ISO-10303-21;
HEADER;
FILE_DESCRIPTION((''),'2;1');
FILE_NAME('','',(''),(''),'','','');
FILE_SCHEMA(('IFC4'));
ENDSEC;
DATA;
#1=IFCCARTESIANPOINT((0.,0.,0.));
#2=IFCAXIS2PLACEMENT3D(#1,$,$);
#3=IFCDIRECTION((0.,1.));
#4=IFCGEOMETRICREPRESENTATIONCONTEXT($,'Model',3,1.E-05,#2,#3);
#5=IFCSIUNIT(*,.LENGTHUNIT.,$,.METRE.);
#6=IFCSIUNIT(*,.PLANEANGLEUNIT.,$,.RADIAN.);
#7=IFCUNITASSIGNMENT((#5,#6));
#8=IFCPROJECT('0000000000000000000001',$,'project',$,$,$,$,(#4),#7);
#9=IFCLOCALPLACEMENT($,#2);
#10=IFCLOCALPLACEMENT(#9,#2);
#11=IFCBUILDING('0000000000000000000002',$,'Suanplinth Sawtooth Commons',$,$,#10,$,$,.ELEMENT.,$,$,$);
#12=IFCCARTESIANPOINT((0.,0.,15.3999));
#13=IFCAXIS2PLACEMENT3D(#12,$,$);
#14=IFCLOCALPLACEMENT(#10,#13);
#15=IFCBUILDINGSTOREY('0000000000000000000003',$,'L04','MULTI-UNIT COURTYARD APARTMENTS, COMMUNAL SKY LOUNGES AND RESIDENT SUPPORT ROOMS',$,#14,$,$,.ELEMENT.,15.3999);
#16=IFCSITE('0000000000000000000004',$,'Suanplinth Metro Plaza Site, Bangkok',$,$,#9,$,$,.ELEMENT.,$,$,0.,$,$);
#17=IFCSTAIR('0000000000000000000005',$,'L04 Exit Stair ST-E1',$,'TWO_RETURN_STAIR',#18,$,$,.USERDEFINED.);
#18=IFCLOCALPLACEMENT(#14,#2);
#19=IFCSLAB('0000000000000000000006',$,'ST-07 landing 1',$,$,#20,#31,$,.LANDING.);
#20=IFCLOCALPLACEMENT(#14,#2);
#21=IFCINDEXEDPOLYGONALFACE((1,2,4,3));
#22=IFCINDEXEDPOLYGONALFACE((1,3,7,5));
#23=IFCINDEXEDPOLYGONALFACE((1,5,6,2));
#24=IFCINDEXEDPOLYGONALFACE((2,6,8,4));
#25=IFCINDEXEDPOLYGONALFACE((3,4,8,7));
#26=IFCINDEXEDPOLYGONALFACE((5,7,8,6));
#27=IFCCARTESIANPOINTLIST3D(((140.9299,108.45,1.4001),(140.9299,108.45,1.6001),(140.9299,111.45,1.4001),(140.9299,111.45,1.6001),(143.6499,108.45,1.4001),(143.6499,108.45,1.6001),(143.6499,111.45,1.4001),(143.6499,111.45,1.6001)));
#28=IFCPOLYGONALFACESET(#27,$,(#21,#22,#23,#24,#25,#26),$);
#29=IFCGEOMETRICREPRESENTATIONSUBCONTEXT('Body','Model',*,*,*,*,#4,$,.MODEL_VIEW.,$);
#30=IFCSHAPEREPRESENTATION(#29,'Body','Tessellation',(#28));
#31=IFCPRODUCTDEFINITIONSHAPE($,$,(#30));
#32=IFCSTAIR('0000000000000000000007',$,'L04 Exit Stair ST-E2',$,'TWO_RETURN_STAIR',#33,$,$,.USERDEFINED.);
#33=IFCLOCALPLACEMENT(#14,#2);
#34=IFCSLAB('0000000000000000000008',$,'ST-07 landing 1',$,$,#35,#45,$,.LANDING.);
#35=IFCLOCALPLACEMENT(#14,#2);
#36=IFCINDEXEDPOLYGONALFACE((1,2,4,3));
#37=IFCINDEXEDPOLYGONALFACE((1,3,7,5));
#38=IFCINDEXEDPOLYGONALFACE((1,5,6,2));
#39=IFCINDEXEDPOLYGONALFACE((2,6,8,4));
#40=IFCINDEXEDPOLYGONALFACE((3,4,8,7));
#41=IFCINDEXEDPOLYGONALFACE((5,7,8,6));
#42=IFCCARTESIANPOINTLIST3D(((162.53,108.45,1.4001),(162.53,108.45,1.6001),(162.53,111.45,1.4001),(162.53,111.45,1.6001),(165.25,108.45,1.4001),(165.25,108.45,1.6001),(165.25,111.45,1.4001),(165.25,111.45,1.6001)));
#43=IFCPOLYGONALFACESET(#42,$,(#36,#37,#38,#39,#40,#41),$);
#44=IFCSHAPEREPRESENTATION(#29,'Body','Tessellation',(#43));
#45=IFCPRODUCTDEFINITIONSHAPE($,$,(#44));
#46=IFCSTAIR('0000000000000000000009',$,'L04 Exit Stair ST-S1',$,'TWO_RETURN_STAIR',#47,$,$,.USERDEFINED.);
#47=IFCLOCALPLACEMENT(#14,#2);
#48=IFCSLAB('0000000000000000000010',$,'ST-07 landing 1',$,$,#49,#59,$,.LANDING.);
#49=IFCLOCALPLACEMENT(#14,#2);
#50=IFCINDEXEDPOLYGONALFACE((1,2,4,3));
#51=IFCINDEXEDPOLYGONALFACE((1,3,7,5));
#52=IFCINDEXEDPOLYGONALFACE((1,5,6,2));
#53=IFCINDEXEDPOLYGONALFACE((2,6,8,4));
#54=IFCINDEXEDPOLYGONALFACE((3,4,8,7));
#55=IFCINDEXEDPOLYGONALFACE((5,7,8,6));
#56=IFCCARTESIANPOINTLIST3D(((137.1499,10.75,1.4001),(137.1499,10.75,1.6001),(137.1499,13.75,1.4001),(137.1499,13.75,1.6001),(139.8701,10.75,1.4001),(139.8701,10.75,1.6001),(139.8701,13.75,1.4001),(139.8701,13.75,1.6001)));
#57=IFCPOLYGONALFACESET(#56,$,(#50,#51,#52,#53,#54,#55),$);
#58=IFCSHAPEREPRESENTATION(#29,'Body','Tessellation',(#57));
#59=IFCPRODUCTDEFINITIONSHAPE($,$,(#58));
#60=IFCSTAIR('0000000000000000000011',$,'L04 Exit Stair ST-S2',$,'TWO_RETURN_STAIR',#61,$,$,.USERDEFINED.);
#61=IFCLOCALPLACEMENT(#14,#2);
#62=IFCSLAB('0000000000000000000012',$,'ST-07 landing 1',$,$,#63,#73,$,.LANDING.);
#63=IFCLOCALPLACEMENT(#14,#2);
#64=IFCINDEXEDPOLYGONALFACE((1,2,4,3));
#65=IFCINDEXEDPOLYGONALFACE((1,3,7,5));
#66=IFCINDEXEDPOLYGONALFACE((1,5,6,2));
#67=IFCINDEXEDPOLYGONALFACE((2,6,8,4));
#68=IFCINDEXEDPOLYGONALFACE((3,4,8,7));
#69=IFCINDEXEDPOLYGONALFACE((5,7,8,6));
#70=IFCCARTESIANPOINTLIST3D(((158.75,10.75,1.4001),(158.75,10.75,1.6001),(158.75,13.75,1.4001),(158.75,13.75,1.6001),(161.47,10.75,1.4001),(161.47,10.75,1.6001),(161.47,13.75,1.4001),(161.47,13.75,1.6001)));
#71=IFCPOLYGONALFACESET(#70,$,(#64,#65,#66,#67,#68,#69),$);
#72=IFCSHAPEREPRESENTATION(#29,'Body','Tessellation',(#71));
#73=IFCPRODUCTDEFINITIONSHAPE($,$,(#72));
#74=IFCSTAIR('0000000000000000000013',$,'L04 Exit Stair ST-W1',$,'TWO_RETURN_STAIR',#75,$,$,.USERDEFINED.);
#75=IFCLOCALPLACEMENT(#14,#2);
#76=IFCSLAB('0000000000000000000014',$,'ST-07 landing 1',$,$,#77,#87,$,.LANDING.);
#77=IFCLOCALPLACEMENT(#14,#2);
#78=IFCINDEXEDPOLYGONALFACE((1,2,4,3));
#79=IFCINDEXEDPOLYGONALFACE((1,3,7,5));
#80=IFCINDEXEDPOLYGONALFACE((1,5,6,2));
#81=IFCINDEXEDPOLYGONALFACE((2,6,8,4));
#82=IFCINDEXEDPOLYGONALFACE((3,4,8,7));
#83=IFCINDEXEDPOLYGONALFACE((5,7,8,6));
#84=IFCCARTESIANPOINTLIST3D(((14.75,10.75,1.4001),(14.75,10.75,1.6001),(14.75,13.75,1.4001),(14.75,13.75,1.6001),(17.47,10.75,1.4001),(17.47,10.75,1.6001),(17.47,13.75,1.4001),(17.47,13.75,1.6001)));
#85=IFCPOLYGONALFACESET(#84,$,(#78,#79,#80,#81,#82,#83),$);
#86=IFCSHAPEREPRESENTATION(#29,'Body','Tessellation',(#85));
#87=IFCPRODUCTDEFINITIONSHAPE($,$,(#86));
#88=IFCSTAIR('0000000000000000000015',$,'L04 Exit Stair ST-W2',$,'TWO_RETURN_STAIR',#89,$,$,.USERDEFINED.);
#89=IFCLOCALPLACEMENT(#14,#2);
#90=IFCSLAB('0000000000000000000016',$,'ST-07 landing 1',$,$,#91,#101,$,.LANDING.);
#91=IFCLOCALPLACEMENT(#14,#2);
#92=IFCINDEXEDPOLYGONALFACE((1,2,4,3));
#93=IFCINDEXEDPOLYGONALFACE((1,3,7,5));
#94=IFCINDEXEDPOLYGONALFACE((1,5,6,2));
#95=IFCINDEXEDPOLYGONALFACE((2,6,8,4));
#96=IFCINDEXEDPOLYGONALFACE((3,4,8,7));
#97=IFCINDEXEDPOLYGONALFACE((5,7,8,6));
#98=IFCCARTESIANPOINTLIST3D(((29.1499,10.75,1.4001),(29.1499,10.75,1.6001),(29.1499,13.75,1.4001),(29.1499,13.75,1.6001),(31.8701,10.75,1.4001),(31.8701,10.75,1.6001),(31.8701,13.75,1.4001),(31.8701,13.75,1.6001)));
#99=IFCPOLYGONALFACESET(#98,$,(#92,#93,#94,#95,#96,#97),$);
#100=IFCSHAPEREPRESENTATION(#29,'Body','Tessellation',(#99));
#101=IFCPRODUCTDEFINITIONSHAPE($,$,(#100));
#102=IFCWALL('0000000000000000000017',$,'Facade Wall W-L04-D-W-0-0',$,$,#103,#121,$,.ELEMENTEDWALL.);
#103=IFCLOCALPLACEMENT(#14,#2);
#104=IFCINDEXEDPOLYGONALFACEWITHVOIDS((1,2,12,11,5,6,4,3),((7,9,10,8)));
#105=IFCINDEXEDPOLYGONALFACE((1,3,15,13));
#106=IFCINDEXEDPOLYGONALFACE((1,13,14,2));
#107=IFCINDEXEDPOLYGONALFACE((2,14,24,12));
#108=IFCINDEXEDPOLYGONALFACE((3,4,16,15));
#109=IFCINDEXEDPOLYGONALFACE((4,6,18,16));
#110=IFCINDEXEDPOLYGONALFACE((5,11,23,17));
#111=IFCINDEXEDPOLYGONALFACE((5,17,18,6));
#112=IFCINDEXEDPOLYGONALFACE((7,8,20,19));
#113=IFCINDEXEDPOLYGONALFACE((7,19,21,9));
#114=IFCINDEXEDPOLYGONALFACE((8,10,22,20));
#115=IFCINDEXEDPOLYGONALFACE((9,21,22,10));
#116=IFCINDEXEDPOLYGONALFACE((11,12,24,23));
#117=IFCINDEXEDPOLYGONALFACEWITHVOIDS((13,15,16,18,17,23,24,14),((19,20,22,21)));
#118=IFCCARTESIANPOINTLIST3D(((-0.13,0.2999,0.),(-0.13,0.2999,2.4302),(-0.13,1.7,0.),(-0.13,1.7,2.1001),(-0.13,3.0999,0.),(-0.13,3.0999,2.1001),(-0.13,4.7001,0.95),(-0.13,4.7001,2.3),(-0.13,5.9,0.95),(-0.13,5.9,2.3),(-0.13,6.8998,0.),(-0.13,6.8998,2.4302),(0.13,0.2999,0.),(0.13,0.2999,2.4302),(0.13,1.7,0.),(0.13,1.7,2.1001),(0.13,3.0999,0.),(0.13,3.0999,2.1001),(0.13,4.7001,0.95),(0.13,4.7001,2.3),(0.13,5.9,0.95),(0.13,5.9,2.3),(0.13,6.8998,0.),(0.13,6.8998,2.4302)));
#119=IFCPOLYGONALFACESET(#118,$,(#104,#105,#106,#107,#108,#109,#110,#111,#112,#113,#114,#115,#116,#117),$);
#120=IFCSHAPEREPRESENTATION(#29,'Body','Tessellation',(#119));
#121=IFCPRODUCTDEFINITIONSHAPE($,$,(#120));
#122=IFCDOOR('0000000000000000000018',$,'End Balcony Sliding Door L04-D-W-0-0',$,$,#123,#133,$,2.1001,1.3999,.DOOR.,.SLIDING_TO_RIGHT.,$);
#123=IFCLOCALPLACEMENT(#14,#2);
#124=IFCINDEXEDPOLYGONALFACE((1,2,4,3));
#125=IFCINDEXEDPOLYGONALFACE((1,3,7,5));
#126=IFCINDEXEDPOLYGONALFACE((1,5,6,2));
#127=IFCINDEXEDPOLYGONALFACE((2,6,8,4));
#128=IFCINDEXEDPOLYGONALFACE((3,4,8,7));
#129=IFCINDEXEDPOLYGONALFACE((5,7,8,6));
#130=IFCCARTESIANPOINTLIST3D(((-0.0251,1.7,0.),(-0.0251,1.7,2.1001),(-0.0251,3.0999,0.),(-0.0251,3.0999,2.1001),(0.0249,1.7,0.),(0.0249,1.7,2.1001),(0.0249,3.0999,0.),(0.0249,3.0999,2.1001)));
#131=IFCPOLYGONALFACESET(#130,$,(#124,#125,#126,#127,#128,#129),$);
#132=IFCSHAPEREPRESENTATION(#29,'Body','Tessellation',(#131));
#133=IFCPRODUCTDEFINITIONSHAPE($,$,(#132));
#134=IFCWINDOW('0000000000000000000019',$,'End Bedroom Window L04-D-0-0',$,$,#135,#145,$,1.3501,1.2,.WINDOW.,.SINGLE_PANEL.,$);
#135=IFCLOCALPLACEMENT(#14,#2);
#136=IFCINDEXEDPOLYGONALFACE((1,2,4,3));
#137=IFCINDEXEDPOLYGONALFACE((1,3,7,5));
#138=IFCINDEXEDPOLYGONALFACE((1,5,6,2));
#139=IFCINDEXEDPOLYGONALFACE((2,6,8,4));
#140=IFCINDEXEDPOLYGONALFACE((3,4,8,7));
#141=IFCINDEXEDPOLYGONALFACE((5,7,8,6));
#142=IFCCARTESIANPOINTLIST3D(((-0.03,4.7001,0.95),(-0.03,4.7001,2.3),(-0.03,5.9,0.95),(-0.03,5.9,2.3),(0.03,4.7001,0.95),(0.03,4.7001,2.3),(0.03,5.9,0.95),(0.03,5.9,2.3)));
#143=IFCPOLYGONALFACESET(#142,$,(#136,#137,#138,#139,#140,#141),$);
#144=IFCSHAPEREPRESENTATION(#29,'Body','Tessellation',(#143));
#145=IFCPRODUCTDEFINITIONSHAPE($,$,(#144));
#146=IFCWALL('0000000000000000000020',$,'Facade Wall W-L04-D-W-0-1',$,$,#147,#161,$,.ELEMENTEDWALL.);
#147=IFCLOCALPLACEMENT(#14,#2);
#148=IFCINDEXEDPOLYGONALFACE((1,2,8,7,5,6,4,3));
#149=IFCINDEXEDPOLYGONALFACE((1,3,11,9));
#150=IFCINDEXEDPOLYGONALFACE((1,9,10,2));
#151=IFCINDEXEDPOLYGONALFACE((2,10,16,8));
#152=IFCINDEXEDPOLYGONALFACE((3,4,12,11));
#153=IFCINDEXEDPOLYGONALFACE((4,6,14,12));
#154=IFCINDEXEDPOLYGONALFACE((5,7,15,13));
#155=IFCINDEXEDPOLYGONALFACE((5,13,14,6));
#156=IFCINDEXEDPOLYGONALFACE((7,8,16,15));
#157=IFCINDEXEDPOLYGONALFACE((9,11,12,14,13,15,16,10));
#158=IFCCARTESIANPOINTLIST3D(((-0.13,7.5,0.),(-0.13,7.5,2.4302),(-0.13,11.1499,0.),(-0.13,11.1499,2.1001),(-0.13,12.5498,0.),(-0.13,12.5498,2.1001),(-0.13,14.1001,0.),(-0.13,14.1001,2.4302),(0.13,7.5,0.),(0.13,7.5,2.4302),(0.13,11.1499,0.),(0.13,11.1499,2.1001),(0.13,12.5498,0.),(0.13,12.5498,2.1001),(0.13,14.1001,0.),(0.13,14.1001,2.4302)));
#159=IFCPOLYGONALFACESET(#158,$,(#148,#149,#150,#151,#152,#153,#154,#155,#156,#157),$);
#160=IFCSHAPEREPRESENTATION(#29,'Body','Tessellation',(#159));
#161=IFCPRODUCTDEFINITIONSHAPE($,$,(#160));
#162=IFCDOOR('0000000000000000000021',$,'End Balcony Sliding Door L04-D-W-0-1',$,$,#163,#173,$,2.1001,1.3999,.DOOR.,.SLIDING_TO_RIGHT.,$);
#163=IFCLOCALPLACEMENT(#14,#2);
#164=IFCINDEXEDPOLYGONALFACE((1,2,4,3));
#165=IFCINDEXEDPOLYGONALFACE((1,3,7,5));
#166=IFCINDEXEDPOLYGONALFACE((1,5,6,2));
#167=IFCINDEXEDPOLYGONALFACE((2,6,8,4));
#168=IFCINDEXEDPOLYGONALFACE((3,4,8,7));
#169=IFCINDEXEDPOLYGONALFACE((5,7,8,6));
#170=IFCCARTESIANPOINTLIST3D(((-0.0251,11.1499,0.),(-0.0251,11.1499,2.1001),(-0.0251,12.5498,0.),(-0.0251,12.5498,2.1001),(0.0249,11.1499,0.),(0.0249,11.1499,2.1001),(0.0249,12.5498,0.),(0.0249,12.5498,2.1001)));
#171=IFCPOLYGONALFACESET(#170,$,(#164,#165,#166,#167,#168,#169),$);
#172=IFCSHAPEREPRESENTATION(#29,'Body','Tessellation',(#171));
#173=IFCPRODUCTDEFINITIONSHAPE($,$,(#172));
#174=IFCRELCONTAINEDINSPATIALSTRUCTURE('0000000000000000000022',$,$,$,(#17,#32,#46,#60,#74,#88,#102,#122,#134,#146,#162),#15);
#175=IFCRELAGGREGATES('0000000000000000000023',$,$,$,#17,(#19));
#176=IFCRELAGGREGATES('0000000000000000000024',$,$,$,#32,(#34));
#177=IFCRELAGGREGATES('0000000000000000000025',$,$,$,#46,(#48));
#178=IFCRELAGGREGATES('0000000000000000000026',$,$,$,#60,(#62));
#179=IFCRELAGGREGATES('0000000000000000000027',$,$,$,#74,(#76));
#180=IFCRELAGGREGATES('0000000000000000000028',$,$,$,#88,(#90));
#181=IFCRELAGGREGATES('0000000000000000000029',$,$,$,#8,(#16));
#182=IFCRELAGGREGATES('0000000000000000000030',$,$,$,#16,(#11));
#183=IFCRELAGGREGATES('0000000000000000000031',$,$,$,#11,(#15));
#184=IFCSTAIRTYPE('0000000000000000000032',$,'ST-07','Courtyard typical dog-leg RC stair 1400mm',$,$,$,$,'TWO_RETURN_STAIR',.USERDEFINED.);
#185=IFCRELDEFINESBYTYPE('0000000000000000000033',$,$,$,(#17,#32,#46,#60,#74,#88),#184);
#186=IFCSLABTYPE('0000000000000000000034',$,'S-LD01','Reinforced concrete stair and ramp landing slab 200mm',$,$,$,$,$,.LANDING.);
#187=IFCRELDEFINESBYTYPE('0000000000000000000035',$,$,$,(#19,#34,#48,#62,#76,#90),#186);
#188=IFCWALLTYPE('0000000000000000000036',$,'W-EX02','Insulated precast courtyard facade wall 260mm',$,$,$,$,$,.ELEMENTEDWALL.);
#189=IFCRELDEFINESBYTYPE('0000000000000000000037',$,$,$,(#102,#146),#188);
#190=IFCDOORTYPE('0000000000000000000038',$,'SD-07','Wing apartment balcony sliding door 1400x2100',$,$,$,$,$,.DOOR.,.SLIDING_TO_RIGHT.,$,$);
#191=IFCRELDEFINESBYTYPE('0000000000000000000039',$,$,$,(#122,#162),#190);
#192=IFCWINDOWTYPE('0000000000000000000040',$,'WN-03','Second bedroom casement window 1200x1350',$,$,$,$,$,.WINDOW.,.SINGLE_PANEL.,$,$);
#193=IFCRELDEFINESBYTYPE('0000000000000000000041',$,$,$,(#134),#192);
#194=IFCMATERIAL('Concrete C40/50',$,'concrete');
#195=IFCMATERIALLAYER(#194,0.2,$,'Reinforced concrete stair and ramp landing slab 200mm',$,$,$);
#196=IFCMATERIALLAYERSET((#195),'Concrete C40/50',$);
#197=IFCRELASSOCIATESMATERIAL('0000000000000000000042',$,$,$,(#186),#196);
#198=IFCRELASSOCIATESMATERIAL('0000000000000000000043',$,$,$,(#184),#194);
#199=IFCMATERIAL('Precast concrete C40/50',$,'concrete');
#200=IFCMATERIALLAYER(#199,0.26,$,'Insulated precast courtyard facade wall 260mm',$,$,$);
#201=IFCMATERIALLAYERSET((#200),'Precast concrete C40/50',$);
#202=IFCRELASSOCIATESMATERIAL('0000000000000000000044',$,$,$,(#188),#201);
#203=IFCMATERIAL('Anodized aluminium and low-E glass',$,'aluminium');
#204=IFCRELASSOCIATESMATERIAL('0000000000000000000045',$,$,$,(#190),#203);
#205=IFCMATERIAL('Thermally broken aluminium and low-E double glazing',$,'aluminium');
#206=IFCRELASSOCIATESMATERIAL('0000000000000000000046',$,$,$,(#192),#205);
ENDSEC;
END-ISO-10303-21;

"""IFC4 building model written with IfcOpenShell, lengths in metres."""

from ifc_helpers import new_model, si_unit, direction, frame, frame_2d, origin, place, context, subcontext, project, spatial, polyline, rectangle, outline, extrude, material, layer, layer_set, type_object, element, fill, aggregate, save


model = new_model("IFC4")

# Units and contexts
model_context = context("Model", 3, precision=1e-05, world=origin(), true_north=direction((0.0, 1.0)))
body_context = subcontext(model_context, "Body", "Model", "MODEL_VIEW")
ifc_project = project(units=[si_unit("LENGTHUNIT", "METRE"), si_unit("PLANEANGLEUNIT", "RADIAN")], contexts=[model_context])

# Site, building, storey
site_placement = place(None, origin())
site = spatial("IfcSite", under=ifc_project, at=site_placement, Name="Suanplinth Metro Plaza Site, Bangkok", CompositionType="ELEMENT", RefElevation=0.0)
building_placement = place(site_placement, origin())
building = spatial("IfcBuilding", under=site, at=building_placement, Name="Suanplinth Sawtooth Commons", CompositionType="ELEMENT")
storey_placement = place(building_placement, frame((0.0, 0.0, 15.3999)))
storey = spatial("IfcBuildingStorey", under=building, at=storey_placement, Name="L04", Description="MULTI-UNIT COURTYARD APARTMENTS, COMMUNAL SKY LOUNGES AND RESIDENT SUPPORT ROOMS", CompositionType="ELEMENT", Elevation=15.3999)

# Shared definitions
ifc_material_1 = material(Name="Precast concrete C40/50", Category="concrete")

# Stairs, slabs
ifc_material_2 = material(Name="Concrete C40/50", Category="concrete")
ifc_layer_1 = layer(ifc_material_2, 0.2, Name="Reinforced concrete stair and ramp landing slab 200mm")
ifc_layer_set_1 = layer_set([ifc_layer_1], Name="Concrete C40/50")
slab_type_1 = type_object("IfcSlabType", Name="S-LD01", Description="Reinforced concrete stair and ramp landing slab 200mm", PredefinedType="LANDING", material=ifc_layer_set_1)
stair_type_1 = type_object("IfcStairType", Name="ST-07", Description="Courtyard typical dog-leg RC stair 1400mm", ElementType="TWO_RETURN_STAIR", PredefinedType="USERDEFINED", material=ifc_material_2)
stair_1_placement = place(storey_placement, origin())
stair_1 = element("IfcStair", 1, at=stair_1_placement, inside=storey, type_object=stair_type_1, Name="L04 Exit Stair ST-E1", ObjectType="TWO_RETURN_STAIR", PredefinedType="USERDEFINED")
slab_1_placement = place(storey_placement, frame((0.0, 0.0, 1.4001)))
slab_1 = element("IfcSlab", 2, at=slab_1_placement, type_object=slab_type_1, Name="ST-07 landing 1", PredefinedType="LANDING", context=body_context, shape_type="SweptSolid", body=[
    extrude(outline(polyline([(140.9299, 108.45), (143.6499, 108.45), (143.6499, 111.45), (140.9299, 111.45), (140.9299, 108.45)])), origin(), (0.0, 0.0, 1.0), 0.2),
])
aggregate(stair_1, [slab_1])
stair_2_placement = place(storey_placement, origin())
stair_2 = element("IfcStair", 3, at=stair_2_placement, inside=storey, type_object=stair_type_1, Name="L04 Exit Stair ST-E2", ObjectType="TWO_RETURN_STAIR", PredefinedType="USERDEFINED")
slab_2_placement = place(storey_placement, frame((0.0, 0.0, 1.4001)))
slab_2 = element("IfcSlab", 4, at=slab_2_placement, type_object=slab_type_1, Name="ST-07 landing 1", PredefinedType="LANDING", context=body_context, shape_type="SweptSolid", body=[
    extrude(outline(polyline([(162.53, 108.45), (165.25, 108.45), (165.25, 111.45), (162.53, 111.45), (162.53, 108.45)])), origin(), (0.0, 0.0, 1.0), 0.2),
])
aggregate(stair_2, [slab_2])
stair_3_placement = place(storey_placement, origin())
stair_3 = element("IfcStair", 5, at=stair_3_placement, inside=storey, type_object=stair_type_1, Name="L04 Exit Stair ST-S1", ObjectType="TWO_RETURN_STAIR", PredefinedType="USERDEFINED")
slab_3_placement = place(storey_placement, frame((0.0, 0.0, 1.4001)))
slab_3 = element("IfcSlab", 6, at=slab_3_placement, type_object=slab_type_1, Name="ST-07 landing 1", PredefinedType="LANDING", context=body_context, shape_type="SweptSolid", body=[
    extrude(outline(polyline([(139.8701, 13.75), (137.1499, 13.75), (137.1499, 10.75), (139.8701, 10.75), (139.8701, 13.75)])), origin(), (0.0, 0.0, 1.0), 0.2),
])
aggregate(stair_3, [slab_3])
stair_4_placement = place(storey_placement, origin())
stair_4 = element("IfcStair", 7, at=stair_4_placement, inside=storey, type_object=stair_type_1, Name="L04 Exit Stair ST-S2", ObjectType="TWO_RETURN_STAIR", PredefinedType="USERDEFINED")
slab_4_placement = place(storey_placement, frame((0.0, 0.0, 1.4001)))
slab_4 = element("IfcSlab", 8, at=slab_4_placement, type_object=slab_type_1, Name="ST-07 landing 1", PredefinedType="LANDING", context=body_context, shape_type="SweptSolid", body=[
    extrude(outline(polyline([(161.47, 13.75), (158.75, 13.75), (158.75, 10.75), (161.47, 10.75), (161.47, 13.75)])), origin(), (0.0, 0.0, 1.0), 0.2),
])
aggregate(stair_4, [slab_4])
stair_5_placement = place(storey_placement, origin())
stair_5 = element("IfcStair", 9, at=stair_5_placement, inside=storey, type_object=stair_type_1, Name="L04 Exit Stair ST-W1", ObjectType="TWO_RETURN_STAIR", PredefinedType="USERDEFINED")
slab_5_placement = place(storey_placement, frame((0.0, 0.0, 1.4001)))
slab_5 = element("IfcSlab", 10, at=slab_5_placement, type_object=slab_type_1, Name="ST-07 landing 1", PredefinedType="LANDING", context=body_context, shape_type="SweptSolid", body=[
    extrude(outline(polyline([(17.47, 13.75), (14.75, 13.75), (14.75, 10.75), (17.47, 10.75), (17.47, 13.75)])), origin(), (0.0, 0.0, 1.0), 0.2),
])
aggregate(stair_5, [slab_5])
stair_6_placement = place(storey_placement, origin())
stair_6 = element("IfcStair", 11, at=stair_6_placement, inside=storey, type_object=stair_type_1, Name="L04 Exit Stair ST-W2", ObjectType="TWO_RETURN_STAIR", PredefinedType="USERDEFINED")
slab_6_placement = place(storey_placement, frame((0.0, 0.0, 1.4001)))
slab_6 = element("IfcSlab", 12, at=slab_6_placement, type_object=slab_type_1, Name="ST-07 landing 1", PredefinedType="LANDING", context=body_context, shape_type="SweptSolid", body=[
    extrude(outline(polyline([(31.8701, 13.75), (29.1499, 13.75), (29.1499, 10.75), (31.8701, 10.75), (31.8701, 13.75)])), origin(), (0.0, 0.0, 1.0), 0.2),
])
aggregate(stair_6, [slab_6])

# Wall, openings, door, window
ifc_layer_2 = layer(ifc_material_1, 0.26, Name="Insulated precast courtyard facade wall 260mm")
ifc_layer_set_2 = layer_set([ifc_layer_2], Name="Precast concrete C40/50")
wall_type = type_object("IfcWallType", Name="W-EX02", Description="Insulated precast courtyard facade wall 260mm", PredefinedType="ELEMENTEDWALL", material=ifc_layer_set_2)
wall_1_placement = place(storey_placement, frame((0.0, 0.3, 0.0), z_axis=(0.0, 0.0, 1.0), x_axis=(0.0, 1.0, 0.0)))
wall_1 = element("IfcWall", 13, at=wall_1_placement, inside=storey, type_object=wall_type, Name="Facade Wall W-L04-D-W-0-0", PredefinedType="ELEMENTEDWALL", context=body_context, shape_type="SweptSolid", body=[
    extrude(rectangle(XDim=6.5999, YDim=0.26, at=frame_2d((3.2998, 0.0))), origin(), (0.0, 0.0, 1.0), 2.4302),
])
opening_1_placement = place(wall_1_placement, frame((1.3999, 0.0, 0.0)))
opening_1 = element("IfcOpeningElement", 14, at=opening_1_placement, cuts=wall_1, PredefinedType="OPENING", context=body_context, shape_type="SweptSolid", body=[
    extrude(rectangle(XDim=1.3999, YDim=2.1001, at=frame_2d((0.7, 1.05))), frame((0.0, 0.145, 0.0), z_axis=(0.0, -1.0, 0.0), x_axis=(1.0, 0.0, 0.0)), (0.0, 0.0, 1.0), 0.2898),
])
opening_2_placement = place(wall_1_placement, frame((4.3999, 0.0, 0.95)))
opening_2 = element("IfcOpeningElement", 15, at=opening_2_placement, cuts=wall_1, PredefinedType="OPENING", context=body_context, shape_type="SweptSolid", body=[
    extrude(rectangle(XDim=1.2, YDim=1.3501, at=frame_2d((0.6001, 0.675))), frame((0.0, 0.145, 0.0), z_axis=(0.0, -1.0, 0.0), x_axis=(1.0, 0.0, 0.0)), (0.0, 0.0, 1.0), 0.2898),
])
ifc_material_3 = material(Name="Anodized aluminium and low-E glass", Category="aluminium")
door_type = type_object("IfcDoorType", Name="SD-07", Description="Wing apartment balcony sliding door 1400x2100", OperationType="SLIDING_TO_RIGHT", PredefinedType="DOOR", material=ifc_material_3)
door_1_placement = place(opening_1_placement, frame((1.3999, 0.0, 0.0), z_axis=(0.0, 0.0, 1.0), x_axis=(-1.0, 0.0, 0.0)))
door_1 = element("IfcDoor", 16, at=door_1_placement, inside=storey, type_object=door_type, Name="End Balcony Sliding Door L04-D-W-0-0", OperationType="SLIDING_TO_RIGHT", OverallHeight=2.1001, OverallWidth=1.3999, PredefinedType="DOOR", context=body_context, shape_type="SweptSolid", body=[
    extrude(rectangle(XDim=1.3999, YDim=2.1001, at=frame_2d((0.7, 1.05))), frame((0.0, 0.0249, 0.0), z_axis=(0.0, -1.0, 0.0), x_axis=(1.0, 0.0, 0.0)), (0.0, 0.0, 1.0), 0.05),
])
fill(opening_1, door_1)
ifc_material_4 = material(Name="Thermally broken aluminium and low-E double glazing", Category="aluminium")
window_type = type_object("IfcWindowType", Name="WN-03", Description="Second bedroom casement window 1200x1350", PartitioningType="SINGLE_PANEL", PredefinedType="WINDOW", material=ifc_material_4)
window_placement = place(opening_2_placement, origin())
window = element("IfcWindow", 17, at=window_placement, inside=storey, type_object=window_type, Name="End Bedroom Window L04-D-0-0", OverallHeight=1.3501, OverallWidth=1.2, PartitioningType="SINGLE_PANEL", PredefinedType="WINDOW", context=body_context, shape_type="SweptSolid", body=[
    extrude(rectangle(XDim=1.2, YDim=1.3501, at=frame_2d((0.6001, 0.675))), frame((0.0, 0.03, 0.0), z_axis=(0.0, -1.0, 0.0), x_axis=(1.0, 0.0, 0.0)), (0.0, 0.0, 1.0), 0.0601),
])
fill(opening_2, window)

# Wall, opening, door
wall_2_placement = place(storey_placement, frame((0.0, 7.5, 0.0), z_axis=(0.0, 0.0, 1.0), x_axis=(0.0, 1.0, 0.0)))
wall_2 = element("IfcWall", 18, at=wall_2_placement, inside=storey, type_object=wall_type, Name="Facade Wall W-L04-D-W-0-1", PredefinedType="ELEMENTEDWALL", context=body_context, shape_type="SweptSolid", body=[
    extrude(rectangle(XDim=6.6001, YDim=0.26, at=frame_2d((3.3, 0.0))), origin(), (0.0, 0.0, 1.0), 2.4302),
])
opening_3_placement = place(wall_2_placement, frame((3.6499, 0.0, 0.0)))
opening_3 = element("IfcOpeningElement", 19, at=opening_3_placement, cuts=wall_2, PredefinedType="OPENING", context=body_context, shape_type="SweptSolid", body=[
    extrude(rectangle(XDim=1.3999, YDim=2.1001, at=frame_2d((0.7, 1.05))), frame((0.0, 0.145, 0.0), z_axis=(0.0, -1.0, 0.0), x_axis=(1.0, 0.0, 0.0)), (0.0, 0.0, 1.0), 0.2898),
])
door_2_placement = place(opening_3_placement, frame((1.3999, 0.0, 0.0), z_axis=(0.0, 0.0, 1.0), x_axis=(-1.0, 0.0, 0.0)))
door_2 = element("IfcDoor", 20, at=door_2_placement, inside=storey, type_object=door_type, Name="End Balcony Sliding Door L04-D-W-0-1", OperationType="SLIDING_TO_RIGHT", OverallHeight=2.1001, OverallWidth=1.3999, PredefinedType="DOOR", context=body_context, shape_type="SweptSolid", body=[
    extrude(rectangle(XDim=1.3999, YDim=2.1001, at=frame_2d((0.7, 1.05))), frame((0.0, 0.0249, 0.0), z_axis=(0.0, -1.0, 0.0), x_axis=(1.0, 0.0, 0.0)), (0.0, 0.0, 1.0), 0.05),
])
fill(opening_3, door_2)

save(model, "model.ifc")
